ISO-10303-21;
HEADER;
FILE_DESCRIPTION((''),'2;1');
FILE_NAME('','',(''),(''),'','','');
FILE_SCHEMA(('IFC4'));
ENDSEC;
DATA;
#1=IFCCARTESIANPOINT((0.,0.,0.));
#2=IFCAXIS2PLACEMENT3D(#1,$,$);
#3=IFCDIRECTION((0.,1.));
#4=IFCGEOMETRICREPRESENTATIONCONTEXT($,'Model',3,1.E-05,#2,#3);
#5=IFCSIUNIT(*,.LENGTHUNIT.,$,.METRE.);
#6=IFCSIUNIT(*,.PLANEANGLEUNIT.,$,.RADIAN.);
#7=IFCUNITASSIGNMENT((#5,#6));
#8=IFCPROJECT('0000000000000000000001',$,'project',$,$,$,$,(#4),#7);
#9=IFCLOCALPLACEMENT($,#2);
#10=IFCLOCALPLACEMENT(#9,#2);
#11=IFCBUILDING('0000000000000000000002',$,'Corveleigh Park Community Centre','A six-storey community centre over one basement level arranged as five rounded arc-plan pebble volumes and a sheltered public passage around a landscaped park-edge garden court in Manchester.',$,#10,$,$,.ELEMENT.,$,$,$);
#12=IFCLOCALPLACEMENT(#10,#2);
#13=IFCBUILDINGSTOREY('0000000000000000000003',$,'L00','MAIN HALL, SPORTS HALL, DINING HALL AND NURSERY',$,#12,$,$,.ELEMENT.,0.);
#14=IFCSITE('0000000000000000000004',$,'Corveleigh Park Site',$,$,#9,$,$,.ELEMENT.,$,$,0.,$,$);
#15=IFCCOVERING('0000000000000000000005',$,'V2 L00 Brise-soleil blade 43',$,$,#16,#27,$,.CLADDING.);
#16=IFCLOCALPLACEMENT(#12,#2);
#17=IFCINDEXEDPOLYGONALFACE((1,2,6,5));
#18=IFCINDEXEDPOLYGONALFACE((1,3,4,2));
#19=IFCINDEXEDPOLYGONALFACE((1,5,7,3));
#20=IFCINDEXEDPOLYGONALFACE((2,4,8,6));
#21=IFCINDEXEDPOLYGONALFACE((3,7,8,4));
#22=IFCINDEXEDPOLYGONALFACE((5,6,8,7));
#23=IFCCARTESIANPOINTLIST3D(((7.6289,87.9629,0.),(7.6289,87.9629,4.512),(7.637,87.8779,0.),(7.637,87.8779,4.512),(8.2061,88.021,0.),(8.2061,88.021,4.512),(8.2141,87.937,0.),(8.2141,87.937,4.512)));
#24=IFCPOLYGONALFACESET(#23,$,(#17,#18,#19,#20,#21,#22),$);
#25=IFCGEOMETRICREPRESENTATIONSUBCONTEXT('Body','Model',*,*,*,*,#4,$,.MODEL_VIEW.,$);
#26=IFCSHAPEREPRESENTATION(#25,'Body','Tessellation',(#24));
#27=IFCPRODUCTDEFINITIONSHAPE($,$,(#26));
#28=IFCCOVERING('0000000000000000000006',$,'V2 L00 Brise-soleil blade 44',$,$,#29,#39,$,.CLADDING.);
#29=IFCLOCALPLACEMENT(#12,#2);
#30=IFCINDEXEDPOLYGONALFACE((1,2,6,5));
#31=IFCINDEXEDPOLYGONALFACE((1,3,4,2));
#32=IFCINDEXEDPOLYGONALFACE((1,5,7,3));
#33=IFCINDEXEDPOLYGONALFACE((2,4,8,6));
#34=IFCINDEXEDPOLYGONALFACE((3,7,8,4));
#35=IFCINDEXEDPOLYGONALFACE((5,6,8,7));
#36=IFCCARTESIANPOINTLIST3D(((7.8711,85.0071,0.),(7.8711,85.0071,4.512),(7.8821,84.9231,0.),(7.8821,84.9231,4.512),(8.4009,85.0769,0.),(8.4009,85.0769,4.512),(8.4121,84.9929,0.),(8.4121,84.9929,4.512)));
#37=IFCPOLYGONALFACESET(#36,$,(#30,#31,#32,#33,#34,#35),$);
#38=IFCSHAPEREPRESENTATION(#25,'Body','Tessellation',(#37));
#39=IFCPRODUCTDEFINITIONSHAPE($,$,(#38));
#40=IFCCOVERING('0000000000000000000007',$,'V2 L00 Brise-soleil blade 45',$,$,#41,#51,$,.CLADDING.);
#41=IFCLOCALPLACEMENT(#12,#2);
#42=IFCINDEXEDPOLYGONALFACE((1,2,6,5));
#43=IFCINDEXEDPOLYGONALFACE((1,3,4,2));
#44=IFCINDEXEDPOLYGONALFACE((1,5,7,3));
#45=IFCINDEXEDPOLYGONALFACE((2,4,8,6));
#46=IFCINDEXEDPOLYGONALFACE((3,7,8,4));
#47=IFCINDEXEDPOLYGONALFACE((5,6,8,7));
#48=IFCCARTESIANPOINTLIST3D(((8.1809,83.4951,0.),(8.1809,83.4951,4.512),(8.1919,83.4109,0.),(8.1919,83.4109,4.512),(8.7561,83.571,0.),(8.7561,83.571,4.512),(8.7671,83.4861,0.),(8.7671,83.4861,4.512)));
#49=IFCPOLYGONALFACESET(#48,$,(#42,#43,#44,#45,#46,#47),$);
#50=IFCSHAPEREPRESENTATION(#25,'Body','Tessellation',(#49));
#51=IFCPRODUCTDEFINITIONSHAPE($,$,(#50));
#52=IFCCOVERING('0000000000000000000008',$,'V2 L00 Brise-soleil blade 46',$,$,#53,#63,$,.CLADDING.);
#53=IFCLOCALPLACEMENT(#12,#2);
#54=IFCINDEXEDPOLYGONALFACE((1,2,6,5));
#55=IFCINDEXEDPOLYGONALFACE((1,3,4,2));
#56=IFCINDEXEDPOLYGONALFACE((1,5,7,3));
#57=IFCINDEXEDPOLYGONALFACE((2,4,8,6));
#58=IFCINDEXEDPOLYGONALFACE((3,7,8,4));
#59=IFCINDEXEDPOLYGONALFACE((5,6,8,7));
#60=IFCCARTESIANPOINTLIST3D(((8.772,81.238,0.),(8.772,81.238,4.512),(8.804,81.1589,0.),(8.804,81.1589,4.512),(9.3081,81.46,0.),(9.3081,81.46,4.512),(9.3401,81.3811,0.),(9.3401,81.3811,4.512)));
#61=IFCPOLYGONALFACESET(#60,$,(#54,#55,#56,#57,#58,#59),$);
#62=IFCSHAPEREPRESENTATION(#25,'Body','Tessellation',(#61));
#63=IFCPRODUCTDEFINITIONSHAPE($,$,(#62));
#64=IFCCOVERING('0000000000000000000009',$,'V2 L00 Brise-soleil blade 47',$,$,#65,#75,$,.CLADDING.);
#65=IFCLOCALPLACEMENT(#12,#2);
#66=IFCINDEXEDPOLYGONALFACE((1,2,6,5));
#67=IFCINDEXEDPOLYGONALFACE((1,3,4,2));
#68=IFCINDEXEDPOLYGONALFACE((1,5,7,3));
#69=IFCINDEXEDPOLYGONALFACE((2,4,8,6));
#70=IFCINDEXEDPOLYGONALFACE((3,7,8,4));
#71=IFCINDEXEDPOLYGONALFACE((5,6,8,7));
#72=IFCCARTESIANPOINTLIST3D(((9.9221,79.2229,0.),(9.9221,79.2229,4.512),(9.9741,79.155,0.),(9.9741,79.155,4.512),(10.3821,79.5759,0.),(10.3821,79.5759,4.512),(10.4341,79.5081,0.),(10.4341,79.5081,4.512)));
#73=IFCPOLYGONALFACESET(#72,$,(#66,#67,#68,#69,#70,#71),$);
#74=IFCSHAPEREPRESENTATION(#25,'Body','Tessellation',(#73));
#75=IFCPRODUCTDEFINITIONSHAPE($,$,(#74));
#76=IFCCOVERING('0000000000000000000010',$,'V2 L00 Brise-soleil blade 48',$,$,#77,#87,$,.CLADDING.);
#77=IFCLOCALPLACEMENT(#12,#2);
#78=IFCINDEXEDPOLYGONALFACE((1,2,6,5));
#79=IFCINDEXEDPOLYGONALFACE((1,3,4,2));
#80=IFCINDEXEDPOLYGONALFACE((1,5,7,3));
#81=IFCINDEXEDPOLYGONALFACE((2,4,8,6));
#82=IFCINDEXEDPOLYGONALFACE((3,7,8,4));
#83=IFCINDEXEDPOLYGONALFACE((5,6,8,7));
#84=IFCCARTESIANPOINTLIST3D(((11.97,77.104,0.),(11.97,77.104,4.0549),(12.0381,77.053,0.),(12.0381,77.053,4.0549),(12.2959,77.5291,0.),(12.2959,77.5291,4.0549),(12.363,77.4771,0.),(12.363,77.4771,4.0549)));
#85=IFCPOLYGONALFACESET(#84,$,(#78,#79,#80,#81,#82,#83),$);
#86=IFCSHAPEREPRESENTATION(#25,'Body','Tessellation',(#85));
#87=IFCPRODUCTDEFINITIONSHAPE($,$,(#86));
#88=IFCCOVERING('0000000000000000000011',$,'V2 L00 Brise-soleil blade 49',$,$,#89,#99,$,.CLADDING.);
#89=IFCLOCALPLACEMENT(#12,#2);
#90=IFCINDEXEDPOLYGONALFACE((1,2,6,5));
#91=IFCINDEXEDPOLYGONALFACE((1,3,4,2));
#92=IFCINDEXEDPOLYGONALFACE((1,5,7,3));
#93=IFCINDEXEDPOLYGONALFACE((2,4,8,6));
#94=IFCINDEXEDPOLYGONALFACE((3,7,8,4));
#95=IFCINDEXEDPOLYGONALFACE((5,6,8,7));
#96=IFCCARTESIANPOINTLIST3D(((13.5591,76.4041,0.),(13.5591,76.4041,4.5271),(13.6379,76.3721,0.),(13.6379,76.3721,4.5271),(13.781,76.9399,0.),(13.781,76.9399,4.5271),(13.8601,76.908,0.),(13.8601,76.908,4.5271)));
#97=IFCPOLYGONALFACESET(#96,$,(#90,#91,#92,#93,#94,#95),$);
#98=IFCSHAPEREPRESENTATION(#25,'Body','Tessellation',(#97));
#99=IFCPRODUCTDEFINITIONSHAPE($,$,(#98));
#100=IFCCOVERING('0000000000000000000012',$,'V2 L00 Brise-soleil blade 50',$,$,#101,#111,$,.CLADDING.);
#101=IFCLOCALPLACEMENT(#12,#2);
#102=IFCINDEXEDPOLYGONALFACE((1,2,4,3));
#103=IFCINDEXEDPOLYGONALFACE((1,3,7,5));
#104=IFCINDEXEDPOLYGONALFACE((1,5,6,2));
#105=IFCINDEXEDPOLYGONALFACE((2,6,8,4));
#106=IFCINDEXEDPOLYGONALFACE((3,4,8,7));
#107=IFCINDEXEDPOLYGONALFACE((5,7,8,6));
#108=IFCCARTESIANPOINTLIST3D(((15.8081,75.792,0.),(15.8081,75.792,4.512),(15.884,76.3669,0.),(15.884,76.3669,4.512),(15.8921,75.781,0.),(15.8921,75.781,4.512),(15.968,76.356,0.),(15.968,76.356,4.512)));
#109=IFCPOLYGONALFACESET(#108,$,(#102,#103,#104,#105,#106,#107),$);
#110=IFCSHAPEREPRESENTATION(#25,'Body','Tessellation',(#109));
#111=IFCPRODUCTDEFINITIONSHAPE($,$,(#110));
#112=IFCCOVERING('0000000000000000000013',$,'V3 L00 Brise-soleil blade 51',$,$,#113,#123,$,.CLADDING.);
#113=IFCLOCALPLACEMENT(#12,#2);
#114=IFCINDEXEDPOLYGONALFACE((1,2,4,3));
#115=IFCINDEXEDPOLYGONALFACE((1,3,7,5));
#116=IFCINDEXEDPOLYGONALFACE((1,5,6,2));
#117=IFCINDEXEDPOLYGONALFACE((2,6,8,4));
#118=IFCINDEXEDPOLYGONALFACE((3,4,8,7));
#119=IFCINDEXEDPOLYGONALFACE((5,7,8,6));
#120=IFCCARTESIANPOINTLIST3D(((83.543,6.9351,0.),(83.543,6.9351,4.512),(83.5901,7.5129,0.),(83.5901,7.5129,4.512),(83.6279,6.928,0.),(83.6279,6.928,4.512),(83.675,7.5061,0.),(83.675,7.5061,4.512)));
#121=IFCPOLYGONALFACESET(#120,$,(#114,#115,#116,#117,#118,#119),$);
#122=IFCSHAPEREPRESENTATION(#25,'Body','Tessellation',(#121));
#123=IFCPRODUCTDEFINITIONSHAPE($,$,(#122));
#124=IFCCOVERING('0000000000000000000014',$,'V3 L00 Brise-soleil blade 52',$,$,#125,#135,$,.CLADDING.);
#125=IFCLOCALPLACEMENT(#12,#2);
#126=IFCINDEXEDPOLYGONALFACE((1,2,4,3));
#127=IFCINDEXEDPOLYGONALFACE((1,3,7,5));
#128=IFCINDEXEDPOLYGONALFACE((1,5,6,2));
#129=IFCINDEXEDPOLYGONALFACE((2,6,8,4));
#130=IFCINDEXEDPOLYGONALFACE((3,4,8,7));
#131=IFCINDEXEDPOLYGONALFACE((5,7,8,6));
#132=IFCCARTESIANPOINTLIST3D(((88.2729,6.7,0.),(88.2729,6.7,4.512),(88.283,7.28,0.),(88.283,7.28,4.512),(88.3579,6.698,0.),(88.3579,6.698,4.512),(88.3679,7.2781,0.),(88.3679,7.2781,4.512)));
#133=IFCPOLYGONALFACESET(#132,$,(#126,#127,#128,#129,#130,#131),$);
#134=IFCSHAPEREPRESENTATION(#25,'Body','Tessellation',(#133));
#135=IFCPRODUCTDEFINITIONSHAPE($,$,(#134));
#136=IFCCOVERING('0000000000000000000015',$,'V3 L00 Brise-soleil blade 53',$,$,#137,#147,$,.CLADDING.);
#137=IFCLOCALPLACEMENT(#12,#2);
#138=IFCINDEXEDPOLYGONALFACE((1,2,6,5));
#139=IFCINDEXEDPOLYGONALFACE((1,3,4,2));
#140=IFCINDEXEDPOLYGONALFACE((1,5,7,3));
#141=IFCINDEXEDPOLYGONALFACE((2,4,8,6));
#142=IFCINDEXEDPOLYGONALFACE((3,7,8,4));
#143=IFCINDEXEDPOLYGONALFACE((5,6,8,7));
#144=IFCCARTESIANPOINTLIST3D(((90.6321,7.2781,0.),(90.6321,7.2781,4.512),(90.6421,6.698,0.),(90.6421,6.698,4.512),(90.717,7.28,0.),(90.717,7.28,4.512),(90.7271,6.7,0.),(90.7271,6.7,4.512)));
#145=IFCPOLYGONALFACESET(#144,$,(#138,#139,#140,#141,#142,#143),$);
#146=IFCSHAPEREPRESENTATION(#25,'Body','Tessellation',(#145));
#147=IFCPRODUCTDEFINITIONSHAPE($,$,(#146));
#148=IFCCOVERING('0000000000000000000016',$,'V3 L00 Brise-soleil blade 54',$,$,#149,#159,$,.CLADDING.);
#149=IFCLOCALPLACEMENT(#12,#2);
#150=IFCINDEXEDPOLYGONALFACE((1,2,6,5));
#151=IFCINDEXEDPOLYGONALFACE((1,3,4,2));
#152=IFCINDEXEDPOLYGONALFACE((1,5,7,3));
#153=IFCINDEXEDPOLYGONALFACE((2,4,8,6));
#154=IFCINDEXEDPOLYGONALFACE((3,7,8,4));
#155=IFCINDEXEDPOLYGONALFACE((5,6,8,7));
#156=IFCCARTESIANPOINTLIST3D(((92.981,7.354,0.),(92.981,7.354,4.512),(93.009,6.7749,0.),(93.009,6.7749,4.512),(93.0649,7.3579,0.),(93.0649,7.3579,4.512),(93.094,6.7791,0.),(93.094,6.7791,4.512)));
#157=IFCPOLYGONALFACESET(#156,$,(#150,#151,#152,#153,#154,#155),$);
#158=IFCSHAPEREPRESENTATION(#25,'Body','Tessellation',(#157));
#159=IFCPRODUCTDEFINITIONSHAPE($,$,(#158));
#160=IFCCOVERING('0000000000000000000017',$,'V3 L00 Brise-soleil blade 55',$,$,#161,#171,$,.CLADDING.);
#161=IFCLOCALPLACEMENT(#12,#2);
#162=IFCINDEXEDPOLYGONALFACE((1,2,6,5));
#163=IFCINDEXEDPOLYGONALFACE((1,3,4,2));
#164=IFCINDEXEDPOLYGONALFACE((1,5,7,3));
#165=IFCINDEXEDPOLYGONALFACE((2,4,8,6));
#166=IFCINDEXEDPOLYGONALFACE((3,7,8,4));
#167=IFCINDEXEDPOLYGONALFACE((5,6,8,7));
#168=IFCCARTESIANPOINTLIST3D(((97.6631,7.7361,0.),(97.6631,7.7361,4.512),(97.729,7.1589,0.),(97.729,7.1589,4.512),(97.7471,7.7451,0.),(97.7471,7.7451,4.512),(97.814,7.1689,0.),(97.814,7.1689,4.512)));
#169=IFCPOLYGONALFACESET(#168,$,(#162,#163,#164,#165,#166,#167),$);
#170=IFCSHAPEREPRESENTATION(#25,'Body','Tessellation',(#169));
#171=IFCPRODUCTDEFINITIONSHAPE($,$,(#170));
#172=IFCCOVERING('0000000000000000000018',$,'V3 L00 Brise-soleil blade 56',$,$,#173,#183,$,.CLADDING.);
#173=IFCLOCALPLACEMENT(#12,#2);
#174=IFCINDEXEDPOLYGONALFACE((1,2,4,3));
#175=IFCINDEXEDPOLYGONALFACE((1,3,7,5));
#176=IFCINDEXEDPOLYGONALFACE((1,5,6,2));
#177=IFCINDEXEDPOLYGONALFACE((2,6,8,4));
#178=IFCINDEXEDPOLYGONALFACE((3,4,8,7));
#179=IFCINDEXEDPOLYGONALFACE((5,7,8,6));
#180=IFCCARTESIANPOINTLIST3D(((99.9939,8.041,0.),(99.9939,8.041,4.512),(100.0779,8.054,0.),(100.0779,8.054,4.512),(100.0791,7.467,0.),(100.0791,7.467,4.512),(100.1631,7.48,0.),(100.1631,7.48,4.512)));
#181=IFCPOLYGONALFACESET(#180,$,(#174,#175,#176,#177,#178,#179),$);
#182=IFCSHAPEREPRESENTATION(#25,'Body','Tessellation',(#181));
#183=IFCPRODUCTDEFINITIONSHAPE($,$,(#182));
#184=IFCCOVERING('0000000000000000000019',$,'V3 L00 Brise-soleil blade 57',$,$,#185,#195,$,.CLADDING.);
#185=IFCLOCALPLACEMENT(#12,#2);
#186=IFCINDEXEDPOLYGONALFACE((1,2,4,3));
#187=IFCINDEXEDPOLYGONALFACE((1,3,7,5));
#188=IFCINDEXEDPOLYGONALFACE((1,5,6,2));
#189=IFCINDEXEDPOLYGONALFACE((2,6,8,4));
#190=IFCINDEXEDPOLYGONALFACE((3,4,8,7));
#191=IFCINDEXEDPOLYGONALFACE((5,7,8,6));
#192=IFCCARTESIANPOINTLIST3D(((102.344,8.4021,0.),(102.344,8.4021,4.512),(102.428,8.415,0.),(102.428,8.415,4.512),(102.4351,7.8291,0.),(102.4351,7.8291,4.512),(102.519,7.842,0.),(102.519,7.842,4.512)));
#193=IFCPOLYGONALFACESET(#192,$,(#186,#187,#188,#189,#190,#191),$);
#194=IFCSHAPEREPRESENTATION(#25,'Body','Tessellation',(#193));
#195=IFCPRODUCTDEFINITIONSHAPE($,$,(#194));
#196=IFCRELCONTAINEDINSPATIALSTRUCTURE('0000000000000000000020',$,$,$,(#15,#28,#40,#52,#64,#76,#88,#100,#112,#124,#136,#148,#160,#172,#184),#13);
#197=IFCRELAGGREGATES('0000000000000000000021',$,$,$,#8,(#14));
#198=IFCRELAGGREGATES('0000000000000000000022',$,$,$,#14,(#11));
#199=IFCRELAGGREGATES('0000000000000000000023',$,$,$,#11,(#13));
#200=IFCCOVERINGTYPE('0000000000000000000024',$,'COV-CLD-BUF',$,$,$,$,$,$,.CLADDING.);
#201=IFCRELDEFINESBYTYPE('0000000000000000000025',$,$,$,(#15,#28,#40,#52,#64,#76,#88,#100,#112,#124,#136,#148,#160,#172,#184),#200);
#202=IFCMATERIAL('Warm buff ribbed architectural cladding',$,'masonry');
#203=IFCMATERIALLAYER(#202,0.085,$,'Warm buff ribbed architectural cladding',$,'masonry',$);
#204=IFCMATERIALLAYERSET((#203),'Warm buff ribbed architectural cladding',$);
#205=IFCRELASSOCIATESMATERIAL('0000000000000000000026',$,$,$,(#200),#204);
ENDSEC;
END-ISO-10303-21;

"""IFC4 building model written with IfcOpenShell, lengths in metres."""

from ifc_helpers import new_model, si_unit, direction, origin, place, context, subcontext, project, spatial, polyline, outline, extrude, material, layer, layer_set, type_object, element, save


model = new_model("IFC4")

# Units and contexts
model_context = context("Model", 3, precision=1e-05, world=origin(), true_north=direction((0.0, 1.0)))
body_context = subcontext(model_context, "Body", "Model", "MODEL_VIEW")
ifc_project = project(units=[si_unit("LENGTHUNIT", "METRE"), si_unit("PLANEANGLEUNIT", "RADIAN")], contexts=[model_context])

# Site, building, storey
site_placement = place(None, origin())
site = spatial("IfcSite", under=ifc_project, at=site_placement, Name="Corveleigh Park Site", CompositionType="ELEMENT", RefElevation=0.0)
building_placement = place(site_placement, origin())
building = spatial("IfcBuilding", under=site, at=building_placement, Name="Corveleigh Park Community Centre", Description="A six-storey community centre over one basement level arranged as five rounded arc-plan pebble volumes and a sheltered public passage around a landscaped park-edge garden court in Manchester.", CompositionType="ELEMENT")
storey_placement = place(building_placement, origin())
storey = spatial("IfcBuildingStorey", under=building, at=storey_placement, Name="L00", Description="MAIN HALL, SPORTS HALL, DINING HALL AND NURSERY", CompositionType="ELEMENT", Elevation=0.0)

# Coverings
ifc_material = material(Name="Warm buff ribbed architectural cladding", Category="masonry")
ifc_layer = layer(ifc_material, 0.085, Name="Warm buff ribbed architectural cladding", Category="masonry")
ifc_layer_set = layer_set([ifc_layer], Name="Warm buff ribbed architectural cladding")
covering_type = type_object("IfcCoveringType", Name="COV-CLD-BUF", PredefinedType="CLADDING", material=ifc_layer_set)
covering_1_placement = place(storey_placement, origin())
element("IfcCovering", 1, at=covering_1_placement, inside=storey, type_object=covering_type, Name="V2 L00 Brise-soleil blade 43", PredefinedType="CLADDING", context=body_context, shape_type="SweptSolid", body=[
    extrude(outline(polyline([(8.2141, 87.937), (8.2061, 88.021), (7.6289, 87.9629), (7.637, 87.8779), (8.2141, 87.937)])), origin(), (0.0, 0.0, 1.0), 4.512),
])
covering_2_placement = place(storey_placement, origin())
element("IfcCovering", 2, at=covering_2_placement, inside=storey, type_object=covering_type, Name="V2 L00 Brise-soleil blade 44", PredefinedType="CLADDING", context=body_context, shape_type="SweptSolid", body=[
    extrude(outline(polyline([(8.4121, 84.9929), (8.4009, 85.0769), (7.8711, 85.0071), (7.8821, 84.9231), (8.4121, 84.9929)])), origin(), (0.0, 0.0, 1.0), 4.512),
])
covering_3_placement = place(storey_placement, origin())
element("IfcCovering", 3, at=covering_3_placement, inside=storey, type_object=covering_type, Name="V2 L00 Brise-soleil blade 45", PredefinedType="CLADDING", context=body_context, shape_type="SweptSolid", body=[
    extrude(outline(polyline([(8.7671, 83.4861), (8.7561, 83.571), (8.1809, 83.4951), (8.1919, 83.4109), (8.7671, 83.4861)])), origin(), (0.0, 0.0, 1.0), 4.512),
])
covering_4_placement = place(storey_placement, origin())
element("IfcCovering", 4, at=covering_4_placement, inside=storey, type_object=covering_type, Name="V2 L00 Brise-soleil blade 46", PredefinedType="CLADDING", context=body_context, shape_type="SweptSolid", body=[
    extrude(outline(polyline([(9.3401, 81.3811), (9.3081, 81.46), (8.772, 81.238), (8.804, 81.1589), (9.3401, 81.3811)])), origin(), (0.0, 0.0, 1.0), 4.512),
])
covering_5_placement = place(storey_placement, origin())
element("IfcCovering", 5, at=covering_5_placement, inside=storey, type_object=covering_type, Name="V2 L00 Brise-soleil blade 47", PredefinedType="CLADDING", context=body_context, shape_type="SweptSolid", body=[
    extrude(outline(polyline([(10.4341, 79.5081), (10.3821, 79.5759), (9.9221, 79.2229), (9.9741, 79.155), (10.4341, 79.5081)])), origin(), (0.0, 0.0, 1.0), 4.512),
])
covering_6_placement = place(storey_placement, origin())
element("IfcCovering", 6, at=covering_6_placement, inside=storey, type_object=covering_type, Name="V2 L00 Brise-soleil blade 48", PredefinedType="CLADDING", context=body_context, shape_type="SweptSolid", body=[
    extrude(outline(polyline([(12.363, 77.4771), (12.2959, 77.5291), (11.97, 77.104), (12.0381, 77.053), (12.363, 77.4771)])), origin(), (0.0, 0.0, 1.0), 4.0549),
])
covering_7_placement = place(storey_placement, origin())
element("IfcCovering", 7, at=covering_7_placement, inside=storey, type_object=covering_type, Name="V2 L00 Brise-soleil blade 49", PredefinedType="CLADDING", context=body_context, shape_type="SweptSolid", body=[
    extrude(outline(polyline([(13.8601, 76.908), (13.781, 76.9399), (13.5591, 76.4041), (13.6379, 76.3721), (13.8601, 76.908)])), origin(), (0.0, 0.0, 1.0), 4.5271),
])
covering_8_placement = place(storey_placement, origin())
element("IfcCovering", 8, at=covering_8_placement, inside=storey, type_object=covering_type, Name="V2 L00 Brise-soleil blade 50", PredefinedType="CLADDING", context=body_context, shape_type="SweptSolid", body=[
    extrude(outline(polyline([(15.968, 76.356), (15.884, 76.3669), (15.8081, 75.792), (15.8921, 75.781), (15.968, 76.356)])), origin(), (0.0, 0.0, 1.0), 4.512),
])
covering_9_placement = place(storey_placement, origin())
element("IfcCovering", 9, at=covering_9_placement, inside=storey, type_object=covering_type, Name="V3 L00 Brise-soleil blade 51", PredefinedType="CLADDING", context=body_context, shape_type="SweptSolid", body=[
    extrude(outline(polyline([(83.675, 7.5061), (83.5901, 7.5129), (83.543, 6.9351), (83.6279, 6.928), (83.675, 7.5061)])), origin(), (0.0, 0.0, 1.0), 4.512),
])
covering_10_placement = place(storey_placement, origin())
element("IfcCovering", 10, at=covering_10_placement, inside=storey, type_object=covering_type, Name="V3 L00 Brise-soleil blade 52", PredefinedType="CLADDING", context=body_context, shape_type="SweptSolid", body=[
    extrude(outline(polyline([(88.3679, 7.2781), (88.283, 7.28), (88.2729, 6.7), (88.3579, 6.698), (88.3679, 7.2781)])), origin(), (0.0, 0.0, 1.0), 4.512),
])
covering_11_placement = place(storey_placement, origin())
element("IfcCovering", 11, at=covering_11_placement, inside=storey, type_object=covering_type, Name="V3 L00 Brise-soleil blade 53", PredefinedType="CLADDING", context=body_context, shape_type="SweptSolid", body=[
    extrude(outline(polyline([(90.717, 7.28), (90.6321, 7.2781), (90.6421, 6.698), (90.7271, 6.7), (90.717, 7.28)])), origin(), (0.0, 0.0, 1.0), 4.512),
])
covering_12_placement = place(storey_placement, origin())
element("IfcCovering", 12, at=covering_12_placement, inside=storey, type_object=covering_type, Name="V3 L00 Brise-soleil blade 54", PredefinedType="CLADDING", context=body_context, shape_type="SweptSolid", body=[
    extrude(outline(polyline([(93.0649, 7.3579), (92.981, 7.354), (93.009, 6.7749), (93.094, 6.7791), (93.0649, 7.3579)])), origin(), (0.0, 0.0, 1.0), 4.512),
])
covering_13_placement = place(storey_placement, origin())
element("IfcCovering", 13, at=covering_13_placement, inside=storey, type_object=covering_type, Name="V3 L00 Brise-soleil blade 55", PredefinedType="CLADDING", context=body_context, shape_type="SweptSolid", body=[
    extrude(outline(polyline([(97.7471, 7.7451), (97.6631, 7.7361), (97.729, 7.1589), (97.814, 7.1689), (97.7471, 7.7451)])), origin(), (0.0, 0.0, 1.0), 4.512),
])
covering_14_placement = place(storey_placement, origin())
element("IfcCovering", 14, at=covering_14_placement, inside=storey, type_object=covering_type, Name="V3 L00 Brise-soleil blade 56", PredefinedType="CLADDING", context=body_context, shape_type="SweptSolid", body=[
    extrude(outline(polyline([(100.0779, 8.054), (99.9939, 8.041), (100.0791, 7.467), (100.1631, 7.48), (100.0779, 8.054)])), origin(), (0.0, 0.0, 1.0), 4.512),
])
covering_15_placement = place(storey_placement, origin())
element("IfcCovering", 15, at=covering_15_placement, inside=storey, type_object=covering_type, Name="V3 L00 Brise-soleil blade 57", PredefinedType="CLADDING", context=body_context, shape_type="SweptSolid", body=[
    extrude(outline(polyline([(102.428, 8.415), (102.344, 8.4021), (102.4351, 7.8291), (102.519, 7.842), (102.428, 8.415)])), origin(), (0.0, 0.0, 1.0), 4.512),
])

save(model, "model.ifc")
